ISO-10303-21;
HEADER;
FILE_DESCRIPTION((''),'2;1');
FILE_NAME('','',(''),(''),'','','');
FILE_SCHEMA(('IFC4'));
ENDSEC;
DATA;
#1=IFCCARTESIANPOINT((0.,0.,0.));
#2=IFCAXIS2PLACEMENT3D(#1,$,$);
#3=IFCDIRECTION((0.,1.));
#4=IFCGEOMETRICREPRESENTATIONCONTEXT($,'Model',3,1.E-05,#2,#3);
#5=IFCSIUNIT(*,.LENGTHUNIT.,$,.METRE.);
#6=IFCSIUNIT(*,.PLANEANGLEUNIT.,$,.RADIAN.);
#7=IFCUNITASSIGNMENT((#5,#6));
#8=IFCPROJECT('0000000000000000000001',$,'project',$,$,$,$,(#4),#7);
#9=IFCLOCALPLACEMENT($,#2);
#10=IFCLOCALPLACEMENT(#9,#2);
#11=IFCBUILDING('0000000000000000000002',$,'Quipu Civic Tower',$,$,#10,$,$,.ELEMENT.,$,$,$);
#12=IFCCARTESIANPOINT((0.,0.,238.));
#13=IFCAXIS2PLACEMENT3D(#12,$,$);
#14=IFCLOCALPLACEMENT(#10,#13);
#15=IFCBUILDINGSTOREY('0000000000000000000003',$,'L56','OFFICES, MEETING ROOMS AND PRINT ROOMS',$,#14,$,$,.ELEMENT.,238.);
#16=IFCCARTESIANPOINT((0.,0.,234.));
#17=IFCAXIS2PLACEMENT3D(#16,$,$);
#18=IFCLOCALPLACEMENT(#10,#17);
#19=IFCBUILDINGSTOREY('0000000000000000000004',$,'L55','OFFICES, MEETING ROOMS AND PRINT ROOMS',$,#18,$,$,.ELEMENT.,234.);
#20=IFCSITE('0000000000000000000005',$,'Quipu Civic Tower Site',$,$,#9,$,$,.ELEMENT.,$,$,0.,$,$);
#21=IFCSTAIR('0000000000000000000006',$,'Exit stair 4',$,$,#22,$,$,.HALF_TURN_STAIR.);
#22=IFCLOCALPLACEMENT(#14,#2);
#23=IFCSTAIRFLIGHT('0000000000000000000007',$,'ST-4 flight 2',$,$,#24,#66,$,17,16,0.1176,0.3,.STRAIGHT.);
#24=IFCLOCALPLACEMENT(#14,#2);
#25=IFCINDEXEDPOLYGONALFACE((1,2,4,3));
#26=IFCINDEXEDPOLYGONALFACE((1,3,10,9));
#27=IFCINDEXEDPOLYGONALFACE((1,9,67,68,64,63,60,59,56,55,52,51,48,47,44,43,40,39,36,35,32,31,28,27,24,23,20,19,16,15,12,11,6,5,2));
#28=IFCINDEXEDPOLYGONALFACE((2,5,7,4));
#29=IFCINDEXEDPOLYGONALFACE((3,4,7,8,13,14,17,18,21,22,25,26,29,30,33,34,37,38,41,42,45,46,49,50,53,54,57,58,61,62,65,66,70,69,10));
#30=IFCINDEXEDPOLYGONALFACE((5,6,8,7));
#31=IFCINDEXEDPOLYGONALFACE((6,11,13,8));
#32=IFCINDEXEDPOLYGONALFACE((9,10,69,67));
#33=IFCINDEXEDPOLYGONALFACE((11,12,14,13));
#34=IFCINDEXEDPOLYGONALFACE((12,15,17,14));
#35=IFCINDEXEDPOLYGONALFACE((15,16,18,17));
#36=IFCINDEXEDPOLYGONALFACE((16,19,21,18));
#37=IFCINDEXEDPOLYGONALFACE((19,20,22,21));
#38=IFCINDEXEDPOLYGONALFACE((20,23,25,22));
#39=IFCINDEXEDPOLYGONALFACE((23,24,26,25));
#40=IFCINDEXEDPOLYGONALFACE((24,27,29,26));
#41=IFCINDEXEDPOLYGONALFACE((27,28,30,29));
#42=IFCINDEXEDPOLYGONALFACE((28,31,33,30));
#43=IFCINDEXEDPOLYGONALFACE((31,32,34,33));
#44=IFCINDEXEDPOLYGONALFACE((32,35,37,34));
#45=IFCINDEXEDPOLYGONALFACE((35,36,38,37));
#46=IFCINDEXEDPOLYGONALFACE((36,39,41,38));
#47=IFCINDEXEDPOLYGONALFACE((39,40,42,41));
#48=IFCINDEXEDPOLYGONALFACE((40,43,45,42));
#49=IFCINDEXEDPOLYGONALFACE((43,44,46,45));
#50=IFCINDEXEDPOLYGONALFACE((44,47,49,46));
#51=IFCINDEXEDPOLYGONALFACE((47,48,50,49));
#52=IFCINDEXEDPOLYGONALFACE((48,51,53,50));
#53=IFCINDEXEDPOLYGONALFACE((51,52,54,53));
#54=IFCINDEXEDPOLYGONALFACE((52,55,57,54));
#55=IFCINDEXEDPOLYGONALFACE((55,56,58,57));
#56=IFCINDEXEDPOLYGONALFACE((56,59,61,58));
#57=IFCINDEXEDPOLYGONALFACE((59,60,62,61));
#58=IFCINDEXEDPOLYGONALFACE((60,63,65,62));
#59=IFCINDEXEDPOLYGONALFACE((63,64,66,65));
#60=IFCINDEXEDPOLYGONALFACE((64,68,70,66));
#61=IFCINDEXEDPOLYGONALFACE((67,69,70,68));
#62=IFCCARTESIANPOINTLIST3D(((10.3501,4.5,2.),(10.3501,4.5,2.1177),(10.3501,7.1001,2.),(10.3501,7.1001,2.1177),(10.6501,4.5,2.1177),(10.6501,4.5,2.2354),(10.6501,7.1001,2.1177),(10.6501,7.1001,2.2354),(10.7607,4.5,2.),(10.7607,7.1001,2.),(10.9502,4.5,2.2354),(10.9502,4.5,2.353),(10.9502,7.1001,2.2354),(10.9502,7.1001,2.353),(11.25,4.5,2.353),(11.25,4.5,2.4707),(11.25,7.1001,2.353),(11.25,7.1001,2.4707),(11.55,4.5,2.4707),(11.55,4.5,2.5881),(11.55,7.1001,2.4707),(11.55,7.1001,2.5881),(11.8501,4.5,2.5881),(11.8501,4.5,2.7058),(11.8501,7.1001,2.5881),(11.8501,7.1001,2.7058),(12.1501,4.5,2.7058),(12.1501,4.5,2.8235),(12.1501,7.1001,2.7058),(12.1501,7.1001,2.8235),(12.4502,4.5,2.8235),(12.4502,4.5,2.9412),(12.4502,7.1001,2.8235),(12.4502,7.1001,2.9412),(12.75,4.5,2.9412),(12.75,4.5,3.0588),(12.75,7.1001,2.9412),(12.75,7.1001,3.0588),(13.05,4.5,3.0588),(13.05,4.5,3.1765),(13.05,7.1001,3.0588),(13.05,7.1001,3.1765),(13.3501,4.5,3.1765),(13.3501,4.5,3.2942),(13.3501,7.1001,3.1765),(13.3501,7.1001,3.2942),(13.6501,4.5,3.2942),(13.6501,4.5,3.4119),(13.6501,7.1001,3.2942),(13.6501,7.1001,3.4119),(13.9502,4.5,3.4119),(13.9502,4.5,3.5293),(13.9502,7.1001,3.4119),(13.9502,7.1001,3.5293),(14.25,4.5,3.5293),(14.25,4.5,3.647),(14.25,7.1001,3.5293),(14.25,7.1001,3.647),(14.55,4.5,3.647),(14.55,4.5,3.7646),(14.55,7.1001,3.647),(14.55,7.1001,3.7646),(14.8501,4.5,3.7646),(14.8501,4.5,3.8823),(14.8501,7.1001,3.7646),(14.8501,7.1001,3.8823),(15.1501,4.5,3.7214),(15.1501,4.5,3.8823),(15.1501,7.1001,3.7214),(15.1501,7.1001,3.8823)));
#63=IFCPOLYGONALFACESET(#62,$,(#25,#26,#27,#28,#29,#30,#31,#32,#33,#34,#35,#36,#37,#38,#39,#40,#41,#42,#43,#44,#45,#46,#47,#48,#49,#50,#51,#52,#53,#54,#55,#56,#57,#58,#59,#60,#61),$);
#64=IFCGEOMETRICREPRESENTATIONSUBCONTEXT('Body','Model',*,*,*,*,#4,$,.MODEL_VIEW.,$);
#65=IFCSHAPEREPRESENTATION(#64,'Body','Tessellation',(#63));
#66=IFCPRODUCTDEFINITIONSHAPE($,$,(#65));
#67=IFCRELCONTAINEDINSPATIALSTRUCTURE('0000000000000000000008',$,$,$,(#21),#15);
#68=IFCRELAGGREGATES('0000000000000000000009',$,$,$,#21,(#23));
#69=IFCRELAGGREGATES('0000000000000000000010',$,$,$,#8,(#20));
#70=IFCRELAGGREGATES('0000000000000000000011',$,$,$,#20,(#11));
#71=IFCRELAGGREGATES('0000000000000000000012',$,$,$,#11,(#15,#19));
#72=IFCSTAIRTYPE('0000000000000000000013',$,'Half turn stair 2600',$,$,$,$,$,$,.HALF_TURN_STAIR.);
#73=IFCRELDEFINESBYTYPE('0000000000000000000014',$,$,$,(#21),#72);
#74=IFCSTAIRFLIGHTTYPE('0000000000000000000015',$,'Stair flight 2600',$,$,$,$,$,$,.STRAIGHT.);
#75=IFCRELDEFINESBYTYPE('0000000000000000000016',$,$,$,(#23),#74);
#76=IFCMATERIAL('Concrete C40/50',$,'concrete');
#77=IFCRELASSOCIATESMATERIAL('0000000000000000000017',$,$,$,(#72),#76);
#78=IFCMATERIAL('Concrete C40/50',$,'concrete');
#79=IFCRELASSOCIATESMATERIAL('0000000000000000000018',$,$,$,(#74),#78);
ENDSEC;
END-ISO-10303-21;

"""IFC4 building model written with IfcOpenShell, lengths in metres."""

from ifc_helpers import new_model, si_unit, direction, frame, origin, place, context, subcontext, project, spatial, polyline, outline, extrude, material, type_object, element, aggregate, save


model = new_model("IFC4")

# Units and contexts
model_context = context("Model", 3, precision=1e-05, world=origin(), true_north=direction((0.0, 1.0)))
body_context = subcontext(model_context, "Body", "Model", "MODEL_VIEW")
ifc_project = project(units=[si_unit("LENGTHUNIT", "METRE"), si_unit("PLANEANGLEUNIT", "RADIAN")], contexts=[model_context])

# Site, building, storey
site_placement = place(None, origin())
site = spatial("IfcSite", under=ifc_project, at=site_placement, Name="Quipu Civic Tower Site", CompositionType="ELEMENT", RefElevation=0.0)
building_placement = place(site_placement, origin())
building = spatial("IfcBuilding", under=site, at=building_placement, Name="Quipu Civic Tower", CompositionType="ELEMENT")
storey_1_placement = place(building_placement, frame((0.0, 0.0, 238.0)))
storey_1 = spatial("IfcBuildingStorey", under=building, at=storey_1_placement, Name="L56", Description="OFFICES, MEETING ROOMS AND PRINT ROOMS", CompositionType="ELEMENT", Elevation=238.0)

# Shared definitions
storey_2_placement = place(building_placement, frame((0.0, 0.0, 234.0)))
storey_2 = spatial("IfcBuildingStorey", under=building, at=storey_2_placement, Name="L55", Description="OFFICES, MEETING ROOMS AND PRINT ROOMS", CompositionType="ELEMENT", Elevation=234.0)

# Stair, stair flight
ifc_material_1 = material(Name="Concrete C40/50", Category="concrete")
stair_type = type_object("IfcStairType", Name="Half turn stair 2600", PredefinedType="HALF_TURN_STAIR", material=ifc_material_1)
stair_placement = place(storey_1_placement, origin())
stair = element("IfcStair", 1, at=stair_placement, inside=storey_1, type_object=stair_type, Name="Exit stair 4", PredefinedType="HALF_TURN_STAIR")
ifc_material_2 = material(Name="Concrete C40/50", Category="concrete")
stair_flight_type = type_object("IfcStairFlightType", Name="Stair flight 2600", PredefinedType="STRAIGHT", material=ifc_material_2)
stair_flight_1_placement = place(storey_1_placement, frame((10.3501, 5.8, 2.0), z_axis=(0.0, 0.0, 1.0), x_axis=(1.0, 0.0, 0.0)))
stair_flight_1 = element("IfcStairFlight", 2, at=stair_flight_1_placement, type_object=stair_flight_type, Name="ST-4 flight 2", NumberOfRisers=17, NumberOfTreads=16, PredefinedType="STRAIGHT", RiserHeight=0.1176, TreadLength=0.3, context=body_context, shape_type="SweptSolid", body=[
    extrude(outline(polyline([(0.0, 0.0), (0.0, 0.1177), (0.3, 0.1177), (0.3, 0.2354), (0.6001, 0.2354), (0.6001, 0.353), (0.8999, 0.353), (0.8999, 0.4707), (1.2, 0.4707), (1.2, 0.5881), (1.5, 0.5881), (1.5, 0.7058), (1.8, 0.7058), (1.8, 0.8235), (2.1001, 0.8235), (2.1001, 0.9412), (2.3999, 0.9412), (2.3999, 1.0588), (2.7, 1.0588), (2.7, 1.1765), (3.0, 1.1765), (3.0, 1.2942), (3.3, 1.2942), (3.3, 1.4119), (3.6001, 1.4119), (3.6001, 1.5293), (3.8999, 1.5293), (3.8999, 1.647), (4.2, 1.647), (4.2, 1.7646), (4.5, 1.7646), (4.5, 1.8823), (4.8, 1.8823), (4.8, 2.0), (4.8, 1.7214), (0.4106, 0.0), (0.0, 0.0)])), frame((0.0, 1.3, 0.0), z_axis=(0.0, -1.0, 0.0), x_axis=(1.0, 0.0, 0.0)), (0.0, 0.0, 1.0), 2.6001),
])
aggregate(stair, [stair_flight_1])

save(model, "model.ifc")
